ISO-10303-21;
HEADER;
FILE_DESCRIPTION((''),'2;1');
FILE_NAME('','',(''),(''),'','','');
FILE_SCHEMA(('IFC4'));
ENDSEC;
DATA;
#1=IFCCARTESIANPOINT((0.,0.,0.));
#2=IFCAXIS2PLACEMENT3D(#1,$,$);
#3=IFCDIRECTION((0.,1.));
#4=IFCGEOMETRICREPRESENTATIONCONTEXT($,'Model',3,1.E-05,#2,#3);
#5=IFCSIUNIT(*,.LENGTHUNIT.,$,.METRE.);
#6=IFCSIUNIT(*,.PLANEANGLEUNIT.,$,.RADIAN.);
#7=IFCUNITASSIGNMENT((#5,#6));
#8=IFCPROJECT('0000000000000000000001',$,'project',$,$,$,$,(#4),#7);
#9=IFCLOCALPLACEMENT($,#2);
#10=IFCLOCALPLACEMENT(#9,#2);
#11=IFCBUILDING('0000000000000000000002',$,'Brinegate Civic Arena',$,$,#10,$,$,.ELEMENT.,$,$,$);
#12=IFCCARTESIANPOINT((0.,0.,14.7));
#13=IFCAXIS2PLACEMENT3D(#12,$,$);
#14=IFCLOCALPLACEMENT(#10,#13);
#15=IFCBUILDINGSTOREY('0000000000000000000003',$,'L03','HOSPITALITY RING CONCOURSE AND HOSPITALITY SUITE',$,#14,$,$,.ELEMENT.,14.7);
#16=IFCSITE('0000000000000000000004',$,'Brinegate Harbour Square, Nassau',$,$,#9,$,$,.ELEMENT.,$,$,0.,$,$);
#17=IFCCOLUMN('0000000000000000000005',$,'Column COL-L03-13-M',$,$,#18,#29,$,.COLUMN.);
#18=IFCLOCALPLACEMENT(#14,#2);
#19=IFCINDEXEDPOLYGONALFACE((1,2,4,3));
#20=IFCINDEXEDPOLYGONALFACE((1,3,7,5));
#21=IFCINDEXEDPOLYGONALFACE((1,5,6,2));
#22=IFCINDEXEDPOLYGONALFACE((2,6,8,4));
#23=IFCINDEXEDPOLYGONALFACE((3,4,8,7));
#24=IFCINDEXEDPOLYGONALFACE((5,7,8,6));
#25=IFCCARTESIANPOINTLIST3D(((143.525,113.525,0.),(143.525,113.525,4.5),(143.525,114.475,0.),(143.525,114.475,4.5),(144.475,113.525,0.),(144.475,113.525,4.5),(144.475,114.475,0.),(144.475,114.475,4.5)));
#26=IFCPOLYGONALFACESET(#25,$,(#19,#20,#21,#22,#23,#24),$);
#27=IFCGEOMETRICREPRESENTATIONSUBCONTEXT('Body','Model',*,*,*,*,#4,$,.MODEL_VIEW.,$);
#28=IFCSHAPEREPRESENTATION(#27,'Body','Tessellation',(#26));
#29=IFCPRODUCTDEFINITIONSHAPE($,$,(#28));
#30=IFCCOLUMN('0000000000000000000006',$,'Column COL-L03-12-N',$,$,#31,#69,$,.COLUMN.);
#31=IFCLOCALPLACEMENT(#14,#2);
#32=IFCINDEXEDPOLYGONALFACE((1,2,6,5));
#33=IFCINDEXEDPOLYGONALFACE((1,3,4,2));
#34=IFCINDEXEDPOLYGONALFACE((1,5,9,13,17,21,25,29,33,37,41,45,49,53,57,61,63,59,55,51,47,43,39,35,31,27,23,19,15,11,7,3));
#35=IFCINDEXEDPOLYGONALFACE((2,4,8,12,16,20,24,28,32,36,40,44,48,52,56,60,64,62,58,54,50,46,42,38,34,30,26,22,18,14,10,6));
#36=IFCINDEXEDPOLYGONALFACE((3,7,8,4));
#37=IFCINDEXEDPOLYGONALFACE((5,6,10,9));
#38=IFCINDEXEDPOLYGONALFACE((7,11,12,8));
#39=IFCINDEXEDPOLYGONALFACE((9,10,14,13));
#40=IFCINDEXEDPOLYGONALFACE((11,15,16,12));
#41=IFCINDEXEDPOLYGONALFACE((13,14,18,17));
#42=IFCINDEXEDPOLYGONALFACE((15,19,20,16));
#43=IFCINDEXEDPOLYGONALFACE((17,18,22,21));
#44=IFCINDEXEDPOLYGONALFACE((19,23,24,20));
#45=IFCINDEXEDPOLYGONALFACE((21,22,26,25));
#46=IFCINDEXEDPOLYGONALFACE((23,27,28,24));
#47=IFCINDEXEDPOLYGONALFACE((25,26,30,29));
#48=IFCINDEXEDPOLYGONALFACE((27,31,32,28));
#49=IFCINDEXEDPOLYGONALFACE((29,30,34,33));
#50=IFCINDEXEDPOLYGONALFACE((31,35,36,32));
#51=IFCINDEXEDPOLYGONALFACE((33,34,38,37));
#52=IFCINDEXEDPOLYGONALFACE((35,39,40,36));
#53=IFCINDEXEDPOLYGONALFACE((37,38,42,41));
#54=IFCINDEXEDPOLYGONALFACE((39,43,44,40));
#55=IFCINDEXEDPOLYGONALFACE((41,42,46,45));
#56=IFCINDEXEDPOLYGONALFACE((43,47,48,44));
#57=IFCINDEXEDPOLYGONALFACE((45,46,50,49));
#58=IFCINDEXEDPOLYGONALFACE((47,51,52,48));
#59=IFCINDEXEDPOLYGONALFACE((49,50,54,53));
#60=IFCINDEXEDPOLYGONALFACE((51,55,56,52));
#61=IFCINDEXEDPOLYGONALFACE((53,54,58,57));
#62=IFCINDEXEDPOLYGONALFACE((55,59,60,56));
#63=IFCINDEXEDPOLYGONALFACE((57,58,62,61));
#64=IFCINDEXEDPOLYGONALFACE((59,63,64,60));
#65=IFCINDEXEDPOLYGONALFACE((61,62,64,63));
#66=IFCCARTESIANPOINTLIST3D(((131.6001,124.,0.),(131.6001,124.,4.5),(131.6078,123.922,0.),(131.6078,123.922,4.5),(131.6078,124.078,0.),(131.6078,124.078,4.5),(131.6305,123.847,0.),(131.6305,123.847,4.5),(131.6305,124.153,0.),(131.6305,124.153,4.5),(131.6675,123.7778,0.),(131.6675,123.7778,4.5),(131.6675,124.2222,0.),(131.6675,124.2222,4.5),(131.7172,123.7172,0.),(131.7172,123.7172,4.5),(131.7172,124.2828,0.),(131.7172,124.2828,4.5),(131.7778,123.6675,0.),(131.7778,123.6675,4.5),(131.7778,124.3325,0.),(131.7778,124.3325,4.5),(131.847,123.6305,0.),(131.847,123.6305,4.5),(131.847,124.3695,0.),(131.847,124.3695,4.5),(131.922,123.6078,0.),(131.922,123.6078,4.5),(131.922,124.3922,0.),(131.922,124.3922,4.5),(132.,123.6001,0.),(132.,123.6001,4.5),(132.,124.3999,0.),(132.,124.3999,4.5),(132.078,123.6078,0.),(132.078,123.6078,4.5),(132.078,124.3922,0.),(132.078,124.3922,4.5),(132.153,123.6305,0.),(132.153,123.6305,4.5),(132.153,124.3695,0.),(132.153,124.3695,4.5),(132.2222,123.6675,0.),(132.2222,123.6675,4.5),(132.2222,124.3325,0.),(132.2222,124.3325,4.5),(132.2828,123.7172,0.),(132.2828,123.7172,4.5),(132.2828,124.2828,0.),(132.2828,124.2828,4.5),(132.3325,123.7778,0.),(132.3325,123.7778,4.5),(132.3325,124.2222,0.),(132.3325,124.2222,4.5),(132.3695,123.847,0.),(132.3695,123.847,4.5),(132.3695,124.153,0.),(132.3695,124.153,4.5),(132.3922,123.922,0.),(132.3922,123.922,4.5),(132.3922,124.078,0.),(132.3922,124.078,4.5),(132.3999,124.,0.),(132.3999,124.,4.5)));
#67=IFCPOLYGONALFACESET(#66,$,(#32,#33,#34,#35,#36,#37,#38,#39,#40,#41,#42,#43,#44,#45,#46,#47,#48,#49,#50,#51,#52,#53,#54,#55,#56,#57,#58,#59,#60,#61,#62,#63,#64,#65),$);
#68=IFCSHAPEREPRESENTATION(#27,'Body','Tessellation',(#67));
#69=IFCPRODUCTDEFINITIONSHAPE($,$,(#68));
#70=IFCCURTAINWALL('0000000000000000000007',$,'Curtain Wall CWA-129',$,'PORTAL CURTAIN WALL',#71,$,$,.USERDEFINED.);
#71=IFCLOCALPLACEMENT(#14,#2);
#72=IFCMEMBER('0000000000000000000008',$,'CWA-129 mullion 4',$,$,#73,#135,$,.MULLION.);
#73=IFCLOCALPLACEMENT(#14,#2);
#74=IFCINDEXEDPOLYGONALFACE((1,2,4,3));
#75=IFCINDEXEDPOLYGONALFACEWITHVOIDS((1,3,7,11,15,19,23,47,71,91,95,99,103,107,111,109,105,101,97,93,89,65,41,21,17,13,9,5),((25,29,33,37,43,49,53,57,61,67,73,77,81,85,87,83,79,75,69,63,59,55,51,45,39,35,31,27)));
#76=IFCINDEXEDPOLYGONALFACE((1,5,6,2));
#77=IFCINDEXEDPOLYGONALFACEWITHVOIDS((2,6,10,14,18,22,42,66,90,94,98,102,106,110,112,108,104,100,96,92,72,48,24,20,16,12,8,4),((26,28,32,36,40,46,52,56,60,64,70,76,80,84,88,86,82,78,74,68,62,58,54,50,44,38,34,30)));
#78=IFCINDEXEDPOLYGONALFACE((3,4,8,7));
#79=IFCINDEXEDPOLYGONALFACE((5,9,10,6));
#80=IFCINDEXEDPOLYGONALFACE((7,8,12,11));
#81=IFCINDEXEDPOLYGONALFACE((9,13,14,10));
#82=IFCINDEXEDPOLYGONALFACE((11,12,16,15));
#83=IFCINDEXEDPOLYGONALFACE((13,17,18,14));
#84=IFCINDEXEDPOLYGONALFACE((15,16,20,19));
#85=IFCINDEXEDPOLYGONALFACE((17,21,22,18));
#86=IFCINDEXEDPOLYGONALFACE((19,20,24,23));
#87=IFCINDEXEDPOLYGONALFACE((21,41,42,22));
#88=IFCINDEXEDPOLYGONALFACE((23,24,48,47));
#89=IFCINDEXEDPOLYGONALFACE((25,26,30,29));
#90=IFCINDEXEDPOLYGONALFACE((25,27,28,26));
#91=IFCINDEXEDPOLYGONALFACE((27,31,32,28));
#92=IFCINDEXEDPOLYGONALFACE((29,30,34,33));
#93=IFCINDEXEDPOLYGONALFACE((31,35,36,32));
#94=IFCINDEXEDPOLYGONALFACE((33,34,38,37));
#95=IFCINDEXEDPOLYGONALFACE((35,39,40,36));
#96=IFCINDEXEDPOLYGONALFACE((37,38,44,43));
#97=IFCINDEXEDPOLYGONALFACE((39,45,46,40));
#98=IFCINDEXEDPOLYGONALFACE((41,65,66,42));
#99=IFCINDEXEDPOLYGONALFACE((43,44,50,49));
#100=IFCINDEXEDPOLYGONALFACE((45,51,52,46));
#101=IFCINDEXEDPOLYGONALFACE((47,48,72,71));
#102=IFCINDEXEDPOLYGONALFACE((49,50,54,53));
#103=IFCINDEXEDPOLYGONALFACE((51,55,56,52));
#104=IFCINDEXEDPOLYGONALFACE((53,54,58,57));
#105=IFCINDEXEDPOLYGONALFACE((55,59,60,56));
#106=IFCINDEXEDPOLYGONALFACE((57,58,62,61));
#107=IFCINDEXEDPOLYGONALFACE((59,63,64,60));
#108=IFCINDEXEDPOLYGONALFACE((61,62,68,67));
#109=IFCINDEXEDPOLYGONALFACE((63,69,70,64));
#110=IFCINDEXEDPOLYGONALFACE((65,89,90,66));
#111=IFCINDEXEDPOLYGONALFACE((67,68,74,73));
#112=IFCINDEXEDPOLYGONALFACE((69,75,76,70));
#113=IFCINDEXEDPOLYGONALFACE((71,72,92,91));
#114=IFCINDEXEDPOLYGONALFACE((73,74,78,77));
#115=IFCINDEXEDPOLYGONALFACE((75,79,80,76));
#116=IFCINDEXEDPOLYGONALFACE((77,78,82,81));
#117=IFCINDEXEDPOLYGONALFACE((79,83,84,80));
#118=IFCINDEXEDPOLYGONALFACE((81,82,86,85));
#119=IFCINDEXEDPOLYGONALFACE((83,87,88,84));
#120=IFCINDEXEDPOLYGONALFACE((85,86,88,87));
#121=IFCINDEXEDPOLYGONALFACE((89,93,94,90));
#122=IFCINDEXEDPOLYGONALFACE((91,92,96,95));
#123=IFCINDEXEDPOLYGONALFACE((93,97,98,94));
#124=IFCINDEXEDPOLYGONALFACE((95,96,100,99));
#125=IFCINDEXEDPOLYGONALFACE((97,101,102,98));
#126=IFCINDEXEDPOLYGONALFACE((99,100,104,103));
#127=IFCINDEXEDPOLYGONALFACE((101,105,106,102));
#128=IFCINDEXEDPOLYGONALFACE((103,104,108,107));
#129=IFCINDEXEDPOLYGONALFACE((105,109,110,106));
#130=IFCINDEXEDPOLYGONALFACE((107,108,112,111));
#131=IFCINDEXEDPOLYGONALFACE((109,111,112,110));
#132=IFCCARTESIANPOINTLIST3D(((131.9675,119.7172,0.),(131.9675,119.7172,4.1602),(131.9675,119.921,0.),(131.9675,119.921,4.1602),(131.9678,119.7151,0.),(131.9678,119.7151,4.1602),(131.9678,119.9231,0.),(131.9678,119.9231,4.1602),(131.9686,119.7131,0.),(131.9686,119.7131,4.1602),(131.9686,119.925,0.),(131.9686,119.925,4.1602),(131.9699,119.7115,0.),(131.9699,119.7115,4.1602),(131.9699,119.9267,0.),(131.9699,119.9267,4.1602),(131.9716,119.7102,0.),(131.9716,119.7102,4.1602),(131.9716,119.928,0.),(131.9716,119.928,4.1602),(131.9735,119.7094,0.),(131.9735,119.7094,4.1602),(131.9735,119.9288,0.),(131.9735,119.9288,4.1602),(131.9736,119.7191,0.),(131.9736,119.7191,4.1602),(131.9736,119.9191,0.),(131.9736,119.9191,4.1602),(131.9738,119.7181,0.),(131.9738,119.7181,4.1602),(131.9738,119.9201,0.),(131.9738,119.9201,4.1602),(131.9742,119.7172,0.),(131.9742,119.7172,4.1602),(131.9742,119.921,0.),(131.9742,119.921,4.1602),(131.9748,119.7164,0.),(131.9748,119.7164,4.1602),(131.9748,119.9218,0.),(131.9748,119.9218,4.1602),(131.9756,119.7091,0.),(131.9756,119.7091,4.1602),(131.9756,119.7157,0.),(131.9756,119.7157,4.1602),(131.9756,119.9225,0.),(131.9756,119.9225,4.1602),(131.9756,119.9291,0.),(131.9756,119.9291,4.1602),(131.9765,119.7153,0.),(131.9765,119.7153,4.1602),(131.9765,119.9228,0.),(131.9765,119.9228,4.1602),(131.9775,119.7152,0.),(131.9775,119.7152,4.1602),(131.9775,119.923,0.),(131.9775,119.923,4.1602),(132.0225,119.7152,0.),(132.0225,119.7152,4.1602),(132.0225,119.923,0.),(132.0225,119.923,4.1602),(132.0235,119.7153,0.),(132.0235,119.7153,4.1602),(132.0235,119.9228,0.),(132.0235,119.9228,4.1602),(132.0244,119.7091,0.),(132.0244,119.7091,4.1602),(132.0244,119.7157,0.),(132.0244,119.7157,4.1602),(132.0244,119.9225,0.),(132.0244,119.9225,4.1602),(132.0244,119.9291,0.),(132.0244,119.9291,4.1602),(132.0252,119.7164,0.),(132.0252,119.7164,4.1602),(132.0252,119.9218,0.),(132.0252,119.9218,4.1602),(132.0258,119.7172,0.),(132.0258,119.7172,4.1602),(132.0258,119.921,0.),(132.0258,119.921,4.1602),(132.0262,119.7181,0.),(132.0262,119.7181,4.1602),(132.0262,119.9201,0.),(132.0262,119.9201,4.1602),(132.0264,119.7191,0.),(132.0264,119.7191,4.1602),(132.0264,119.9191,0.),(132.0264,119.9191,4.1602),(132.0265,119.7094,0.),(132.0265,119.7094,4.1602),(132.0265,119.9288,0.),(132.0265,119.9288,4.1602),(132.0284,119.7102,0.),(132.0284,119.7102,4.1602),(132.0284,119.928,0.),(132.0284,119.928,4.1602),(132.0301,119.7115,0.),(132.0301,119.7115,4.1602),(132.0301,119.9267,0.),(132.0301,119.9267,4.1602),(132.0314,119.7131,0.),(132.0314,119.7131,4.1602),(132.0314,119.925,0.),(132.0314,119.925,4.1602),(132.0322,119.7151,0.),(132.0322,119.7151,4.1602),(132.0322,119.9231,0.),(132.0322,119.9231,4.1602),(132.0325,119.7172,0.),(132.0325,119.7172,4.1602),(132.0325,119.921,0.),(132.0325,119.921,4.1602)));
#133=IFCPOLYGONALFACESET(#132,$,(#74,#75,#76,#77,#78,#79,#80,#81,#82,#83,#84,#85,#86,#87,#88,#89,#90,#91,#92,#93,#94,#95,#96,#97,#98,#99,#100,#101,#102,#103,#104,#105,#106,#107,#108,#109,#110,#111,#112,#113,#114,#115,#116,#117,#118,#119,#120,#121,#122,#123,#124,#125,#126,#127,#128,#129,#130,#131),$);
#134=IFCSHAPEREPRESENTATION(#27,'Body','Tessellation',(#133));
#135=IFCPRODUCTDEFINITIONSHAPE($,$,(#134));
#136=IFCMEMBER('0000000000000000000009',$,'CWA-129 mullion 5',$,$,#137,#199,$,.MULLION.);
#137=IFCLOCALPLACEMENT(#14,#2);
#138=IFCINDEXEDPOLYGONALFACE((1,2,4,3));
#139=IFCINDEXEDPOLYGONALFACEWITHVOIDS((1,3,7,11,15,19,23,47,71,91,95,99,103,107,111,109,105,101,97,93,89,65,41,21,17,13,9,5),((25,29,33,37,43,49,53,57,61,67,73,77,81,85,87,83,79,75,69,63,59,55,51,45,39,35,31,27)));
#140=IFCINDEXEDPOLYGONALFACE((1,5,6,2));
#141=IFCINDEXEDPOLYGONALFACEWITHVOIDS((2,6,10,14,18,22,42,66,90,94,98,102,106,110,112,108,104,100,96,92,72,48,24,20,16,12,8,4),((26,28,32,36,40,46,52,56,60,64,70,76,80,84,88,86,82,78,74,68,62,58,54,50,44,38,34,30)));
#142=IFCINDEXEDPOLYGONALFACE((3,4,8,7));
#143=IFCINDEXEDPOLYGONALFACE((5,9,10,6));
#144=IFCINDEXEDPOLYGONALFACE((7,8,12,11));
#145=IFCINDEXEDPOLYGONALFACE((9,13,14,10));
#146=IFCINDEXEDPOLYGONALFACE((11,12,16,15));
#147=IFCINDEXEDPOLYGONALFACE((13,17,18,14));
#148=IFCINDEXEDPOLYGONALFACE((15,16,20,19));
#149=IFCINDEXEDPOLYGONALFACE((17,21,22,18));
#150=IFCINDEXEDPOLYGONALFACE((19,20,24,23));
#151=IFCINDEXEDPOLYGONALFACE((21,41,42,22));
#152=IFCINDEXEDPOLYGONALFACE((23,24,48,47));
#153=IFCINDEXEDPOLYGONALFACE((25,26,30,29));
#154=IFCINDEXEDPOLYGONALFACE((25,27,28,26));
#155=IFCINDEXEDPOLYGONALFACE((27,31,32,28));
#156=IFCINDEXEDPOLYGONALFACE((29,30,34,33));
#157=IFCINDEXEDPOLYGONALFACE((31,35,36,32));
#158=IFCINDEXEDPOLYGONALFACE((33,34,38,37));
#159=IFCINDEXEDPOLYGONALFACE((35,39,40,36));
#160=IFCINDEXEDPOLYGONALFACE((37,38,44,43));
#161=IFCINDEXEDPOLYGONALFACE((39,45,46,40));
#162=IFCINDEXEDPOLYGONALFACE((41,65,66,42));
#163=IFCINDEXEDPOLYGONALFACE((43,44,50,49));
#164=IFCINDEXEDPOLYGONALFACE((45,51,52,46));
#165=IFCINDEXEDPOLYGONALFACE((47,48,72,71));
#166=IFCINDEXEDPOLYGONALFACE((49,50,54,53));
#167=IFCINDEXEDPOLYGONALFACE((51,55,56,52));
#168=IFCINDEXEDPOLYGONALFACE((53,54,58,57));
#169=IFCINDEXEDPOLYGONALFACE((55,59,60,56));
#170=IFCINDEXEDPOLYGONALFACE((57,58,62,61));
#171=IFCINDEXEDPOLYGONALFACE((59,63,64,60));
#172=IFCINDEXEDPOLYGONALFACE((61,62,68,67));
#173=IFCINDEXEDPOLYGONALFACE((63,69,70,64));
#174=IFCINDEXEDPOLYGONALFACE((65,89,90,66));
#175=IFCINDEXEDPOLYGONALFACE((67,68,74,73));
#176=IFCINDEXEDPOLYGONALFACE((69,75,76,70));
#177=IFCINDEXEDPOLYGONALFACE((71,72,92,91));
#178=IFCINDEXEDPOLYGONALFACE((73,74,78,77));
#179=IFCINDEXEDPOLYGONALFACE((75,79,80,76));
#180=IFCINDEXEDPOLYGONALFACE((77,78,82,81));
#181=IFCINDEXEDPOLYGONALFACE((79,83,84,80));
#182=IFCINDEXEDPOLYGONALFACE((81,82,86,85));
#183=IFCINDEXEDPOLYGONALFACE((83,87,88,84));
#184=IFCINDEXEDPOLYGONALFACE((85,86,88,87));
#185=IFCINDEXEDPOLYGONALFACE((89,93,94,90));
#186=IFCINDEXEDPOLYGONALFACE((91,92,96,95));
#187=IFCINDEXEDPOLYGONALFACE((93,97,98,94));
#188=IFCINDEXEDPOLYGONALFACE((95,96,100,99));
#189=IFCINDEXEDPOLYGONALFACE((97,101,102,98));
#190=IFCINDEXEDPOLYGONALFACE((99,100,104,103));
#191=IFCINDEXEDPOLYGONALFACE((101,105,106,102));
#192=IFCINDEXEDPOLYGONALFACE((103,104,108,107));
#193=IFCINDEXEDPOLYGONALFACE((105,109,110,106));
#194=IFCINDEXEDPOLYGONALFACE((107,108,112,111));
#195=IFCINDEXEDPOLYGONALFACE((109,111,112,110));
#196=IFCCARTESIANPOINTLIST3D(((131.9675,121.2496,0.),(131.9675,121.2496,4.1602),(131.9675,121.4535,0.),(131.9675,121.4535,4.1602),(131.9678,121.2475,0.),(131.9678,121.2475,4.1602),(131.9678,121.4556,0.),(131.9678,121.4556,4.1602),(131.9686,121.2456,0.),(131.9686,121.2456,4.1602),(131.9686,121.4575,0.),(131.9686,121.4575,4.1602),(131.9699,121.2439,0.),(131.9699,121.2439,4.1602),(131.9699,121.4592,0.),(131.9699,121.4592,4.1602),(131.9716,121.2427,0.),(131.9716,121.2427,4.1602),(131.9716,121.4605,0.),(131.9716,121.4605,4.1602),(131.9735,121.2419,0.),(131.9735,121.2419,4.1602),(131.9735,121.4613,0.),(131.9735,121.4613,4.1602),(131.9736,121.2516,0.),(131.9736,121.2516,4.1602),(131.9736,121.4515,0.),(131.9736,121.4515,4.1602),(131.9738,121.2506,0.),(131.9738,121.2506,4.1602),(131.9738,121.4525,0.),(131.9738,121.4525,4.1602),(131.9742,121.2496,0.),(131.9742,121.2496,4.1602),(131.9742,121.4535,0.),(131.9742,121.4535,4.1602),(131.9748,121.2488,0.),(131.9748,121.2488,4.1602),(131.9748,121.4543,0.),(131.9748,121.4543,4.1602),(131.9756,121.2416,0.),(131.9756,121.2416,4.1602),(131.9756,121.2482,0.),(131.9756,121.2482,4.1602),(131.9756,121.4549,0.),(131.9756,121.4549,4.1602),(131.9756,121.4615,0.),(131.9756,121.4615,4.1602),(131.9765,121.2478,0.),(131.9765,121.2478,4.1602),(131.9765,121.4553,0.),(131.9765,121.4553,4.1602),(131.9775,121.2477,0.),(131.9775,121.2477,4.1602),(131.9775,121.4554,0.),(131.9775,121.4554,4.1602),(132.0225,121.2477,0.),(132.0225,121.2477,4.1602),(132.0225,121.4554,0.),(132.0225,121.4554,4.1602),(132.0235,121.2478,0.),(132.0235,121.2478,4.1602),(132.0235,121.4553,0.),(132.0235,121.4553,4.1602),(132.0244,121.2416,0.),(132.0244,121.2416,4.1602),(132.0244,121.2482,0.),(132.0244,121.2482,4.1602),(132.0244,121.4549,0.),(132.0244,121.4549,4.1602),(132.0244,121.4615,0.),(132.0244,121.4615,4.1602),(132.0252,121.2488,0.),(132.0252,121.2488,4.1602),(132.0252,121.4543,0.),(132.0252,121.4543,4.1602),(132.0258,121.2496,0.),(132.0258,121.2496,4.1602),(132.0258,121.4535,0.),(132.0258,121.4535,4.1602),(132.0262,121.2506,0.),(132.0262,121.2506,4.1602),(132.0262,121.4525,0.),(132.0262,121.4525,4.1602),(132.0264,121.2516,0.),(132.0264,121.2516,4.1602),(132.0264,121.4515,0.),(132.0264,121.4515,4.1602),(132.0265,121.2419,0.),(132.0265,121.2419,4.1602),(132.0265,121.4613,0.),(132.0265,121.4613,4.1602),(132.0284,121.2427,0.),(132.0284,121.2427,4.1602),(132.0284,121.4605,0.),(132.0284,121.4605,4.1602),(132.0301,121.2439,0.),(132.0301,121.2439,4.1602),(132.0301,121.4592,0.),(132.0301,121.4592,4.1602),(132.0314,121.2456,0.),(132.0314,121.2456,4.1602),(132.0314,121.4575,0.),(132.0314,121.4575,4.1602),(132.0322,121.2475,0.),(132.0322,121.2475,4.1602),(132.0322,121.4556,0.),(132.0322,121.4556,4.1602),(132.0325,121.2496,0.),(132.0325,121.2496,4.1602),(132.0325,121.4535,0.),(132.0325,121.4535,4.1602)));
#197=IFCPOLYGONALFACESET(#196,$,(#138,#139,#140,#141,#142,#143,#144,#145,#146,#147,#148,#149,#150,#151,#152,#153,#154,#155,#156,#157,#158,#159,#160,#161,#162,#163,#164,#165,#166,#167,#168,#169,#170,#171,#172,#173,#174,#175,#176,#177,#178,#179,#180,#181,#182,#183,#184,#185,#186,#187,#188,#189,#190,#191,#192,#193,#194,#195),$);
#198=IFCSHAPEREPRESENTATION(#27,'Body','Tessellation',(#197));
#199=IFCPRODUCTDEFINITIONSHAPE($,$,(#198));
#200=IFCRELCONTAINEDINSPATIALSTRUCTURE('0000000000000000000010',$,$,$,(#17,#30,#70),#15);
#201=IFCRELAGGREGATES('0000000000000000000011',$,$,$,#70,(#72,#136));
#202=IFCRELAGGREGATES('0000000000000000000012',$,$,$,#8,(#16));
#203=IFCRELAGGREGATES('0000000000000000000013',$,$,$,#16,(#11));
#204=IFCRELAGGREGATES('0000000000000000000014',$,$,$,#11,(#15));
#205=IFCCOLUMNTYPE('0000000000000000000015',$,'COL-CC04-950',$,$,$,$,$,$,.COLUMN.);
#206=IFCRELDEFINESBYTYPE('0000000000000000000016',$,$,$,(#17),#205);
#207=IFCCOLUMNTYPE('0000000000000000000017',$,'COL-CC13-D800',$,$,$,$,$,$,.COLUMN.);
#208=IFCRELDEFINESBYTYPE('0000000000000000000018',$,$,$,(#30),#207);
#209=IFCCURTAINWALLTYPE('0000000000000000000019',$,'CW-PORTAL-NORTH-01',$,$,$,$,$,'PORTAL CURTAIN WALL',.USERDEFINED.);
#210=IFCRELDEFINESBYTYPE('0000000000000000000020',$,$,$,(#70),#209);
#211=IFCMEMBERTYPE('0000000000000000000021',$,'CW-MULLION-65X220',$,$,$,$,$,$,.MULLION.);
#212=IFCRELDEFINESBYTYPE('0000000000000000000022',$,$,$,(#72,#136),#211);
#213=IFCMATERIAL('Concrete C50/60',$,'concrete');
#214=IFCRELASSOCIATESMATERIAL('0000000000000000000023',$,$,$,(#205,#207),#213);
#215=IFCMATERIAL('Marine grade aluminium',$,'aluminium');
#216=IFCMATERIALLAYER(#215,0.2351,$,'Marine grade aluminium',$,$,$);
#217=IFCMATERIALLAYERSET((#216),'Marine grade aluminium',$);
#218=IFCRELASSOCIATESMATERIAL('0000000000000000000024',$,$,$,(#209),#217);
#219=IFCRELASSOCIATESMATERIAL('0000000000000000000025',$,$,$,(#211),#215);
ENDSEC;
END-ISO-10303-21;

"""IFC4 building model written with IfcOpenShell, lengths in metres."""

from ifc_helpers import new_model, si_unit, direction, frame, origin, origin_2d, place, context, subcontext, project, spatial, rectangle, hollow_rectangle, circle, extrude, material, layer, layer_set, material_profile, profile_set, type_object, element, aggregate, save


model = new_model("IFC4")

# Units and contexts
model_context = context("Model", 3, precision=1e-05, world=origin(), true_north=direction((0.0, 1.0)))
body_context = subcontext(model_context, "Body", "Model", "MODEL_VIEW")
ifc_project = project(units=[si_unit("LENGTHUNIT", "METRE"), si_unit("PLANEANGLEUNIT", "RADIAN")], contexts=[model_context])

# Site, building, storey
site_placement = place(None, origin())
site = spatial("IfcSite", under=ifc_project, at=site_placement, Name="Brinegate Harbour Square, Nassau", CompositionType="ELEMENT", RefElevation=0.0)
building_placement = place(site_placement, origin())
building = spatial("IfcBuilding", under=site, at=building_placement, Name="Brinegate Civic Arena", CompositionType="ELEMENT")
storey_placement = place(building_placement, frame((0.0, 0.0, 14.7)))
storey = spatial("IfcBuildingStorey", under=building, at=storey_placement, Name="L03", Description="HOSPITALITY RING CONCOURSE AND HOSPITALITY SUITE", CompositionType="ELEMENT", Elevation=14.7)

# Columns
ifc_material_1 = material(Name="Concrete C50/60", Category="concrete")
ifc_material_profile_1 = material_profile(ifc_material_1, rectangle(XDim=0.95, YDim=0.95, at=origin_2d()), Name="RC950X950")
ifc_profile_set_1 = profile_set([ifc_material_profile_1], Name="Concrete C50/60")
column_type_1 = type_object("IfcColumnType", Name="COL-CC04-950", PredefinedType="COLUMN", material=ifc_profile_set_1)
column_1_placement = place(storey_placement, frame((144.0, 114.0, 0.0), z_axis=(0.0, 0.0, 1.0), x_axis=(1.0, 0.0, 0.0)))
element("IfcColumn", 1, at=column_1_placement, inside=storey, type_object=column_type_1, Name="Column COL-L03-13-M", PredefinedType="COLUMN", context=body_context, shape_type="SweptSolid", body=[
    extrude(rectangle(XDim=0.95, YDim=0.95, at=origin_2d()), origin(), (0.0, 0.0, 1.0), 4.5),
])
ifc_material_profile_2 = material_profile(ifc_material_1, circle(Radius=0.3999, at=origin_2d()), Name="RCD800")
ifc_profile_set_2 = profile_set([ifc_material_profile_2], Name="Concrete C50/60")
column_type_2 = type_object("IfcColumnType", Name="COL-CC13-D800", PredefinedType="COLUMN", material=ifc_profile_set_2)
column_2_placement = place(storey_placement, frame((132.0, 124.0, 0.0), z_axis=(0.0, 0.0, 1.0), x_axis=(1.0, 0.0, 0.0)))
element("IfcColumn", 2, at=column_2_placement, inside=storey, type_object=column_type_2, Name="Column COL-L03-12-N", PredefinedType="COLUMN", context=body_context, shape_type="SweptSolid", body=[
    extrude(circle(Radius=0.3999, at=origin_2d()), origin(), (0.0, 0.0, 1.0), 4.5),
])

# Curtain wall, members
ifc_material_2 = material(Name="Marine grade aluminium", Category="aluminium")
ifc_layer_1 = layer(ifc_material_2, 0.2351, Name="Marine grade aluminium")
ifc_layer_set_1 = layer_set([ifc_layer_1], Name="Marine grade aluminium")
curtain_wall_type_1 = type_object("IfcCurtainWallType", Name="CW-PORTAL-NORTH-01", ElementType="PORTAL CURTAIN WALL", PredefinedType="USERDEFINED", material=ifc_layer_set_1)
curtain_wall_1_placement = place(storey_placement, origin())
curtain_wall_1 = element("IfcCurtainWall", 3, at=curtain_wall_1_placement, inside=storey, type_object=curtain_wall_type_1, Name="Curtain Wall CWA-129", ObjectType="PORTAL CURTAIN WALL", PredefinedType="USERDEFINED")
ifc_material_profile_3 = material_profile(ifc_material_2, hollow_rectangle(XDim=0.0649, YDim=0.22, WallThickness=0.0061, InnerFilletRadius=0.0039, OuterFilletRadius=0.0081, at=origin_2d()), Name="MUL65X220")
ifc_profile_set_3 = profile_set([ifc_material_profile_3], Name="Marine grade aluminium")
member_type_1 = type_object("IfcMemberType", Name="CW-MULLION-65X220", PredefinedType="MULLION", material=ifc_profile_set_3)
member_1_placement = place(storey_placement, frame((132.0, 119.8191, 0.0), z_axis=(0.0, 0.0, 1.0), x_axis=(-1.0, 0.0, 0.0)))
member_1 = element("IfcMember", 4, at=member_1_placement, type_object=member_type_1, Name="CWA-129 mullion 4", PredefinedType="MULLION", context=body_context, shape_type="SweptSolid", body=[
    extrude(hollow_rectangle(XDim=0.0649, YDim=0.22, WallThickness=0.0061, InnerFilletRadius=0.0039, OuterFilletRadius=0.0081, at=origin_2d()), origin(), (0.0, 0.0, 1.0), 4.1602),
])
member_2_placement = place(storey_placement, frame((132.0, 121.3516, 0.0), z_axis=(0.0, 0.0, 1.0), x_axis=(-1.0, 0.0, 0.0)))
member_2 = element("IfcMember", 5, at=member_2_placement, type_object=member_type_1, Name="CWA-129 mullion 5", PredefinedType="MULLION", context=body_context, shape_type="SweptSolid", body=[
    extrude(hollow_rectangle(XDim=0.0649, YDim=0.22, WallThickness=0.0061, InnerFilletRadius=0.0039, OuterFilletRadius=0.0081, at=origin_2d()), origin(), (0.0, 0.0, 1.0), 4.1602),
])

aggregate(curtain_wall_1, [member_1, member_2])

save(model, "model.ifc")
